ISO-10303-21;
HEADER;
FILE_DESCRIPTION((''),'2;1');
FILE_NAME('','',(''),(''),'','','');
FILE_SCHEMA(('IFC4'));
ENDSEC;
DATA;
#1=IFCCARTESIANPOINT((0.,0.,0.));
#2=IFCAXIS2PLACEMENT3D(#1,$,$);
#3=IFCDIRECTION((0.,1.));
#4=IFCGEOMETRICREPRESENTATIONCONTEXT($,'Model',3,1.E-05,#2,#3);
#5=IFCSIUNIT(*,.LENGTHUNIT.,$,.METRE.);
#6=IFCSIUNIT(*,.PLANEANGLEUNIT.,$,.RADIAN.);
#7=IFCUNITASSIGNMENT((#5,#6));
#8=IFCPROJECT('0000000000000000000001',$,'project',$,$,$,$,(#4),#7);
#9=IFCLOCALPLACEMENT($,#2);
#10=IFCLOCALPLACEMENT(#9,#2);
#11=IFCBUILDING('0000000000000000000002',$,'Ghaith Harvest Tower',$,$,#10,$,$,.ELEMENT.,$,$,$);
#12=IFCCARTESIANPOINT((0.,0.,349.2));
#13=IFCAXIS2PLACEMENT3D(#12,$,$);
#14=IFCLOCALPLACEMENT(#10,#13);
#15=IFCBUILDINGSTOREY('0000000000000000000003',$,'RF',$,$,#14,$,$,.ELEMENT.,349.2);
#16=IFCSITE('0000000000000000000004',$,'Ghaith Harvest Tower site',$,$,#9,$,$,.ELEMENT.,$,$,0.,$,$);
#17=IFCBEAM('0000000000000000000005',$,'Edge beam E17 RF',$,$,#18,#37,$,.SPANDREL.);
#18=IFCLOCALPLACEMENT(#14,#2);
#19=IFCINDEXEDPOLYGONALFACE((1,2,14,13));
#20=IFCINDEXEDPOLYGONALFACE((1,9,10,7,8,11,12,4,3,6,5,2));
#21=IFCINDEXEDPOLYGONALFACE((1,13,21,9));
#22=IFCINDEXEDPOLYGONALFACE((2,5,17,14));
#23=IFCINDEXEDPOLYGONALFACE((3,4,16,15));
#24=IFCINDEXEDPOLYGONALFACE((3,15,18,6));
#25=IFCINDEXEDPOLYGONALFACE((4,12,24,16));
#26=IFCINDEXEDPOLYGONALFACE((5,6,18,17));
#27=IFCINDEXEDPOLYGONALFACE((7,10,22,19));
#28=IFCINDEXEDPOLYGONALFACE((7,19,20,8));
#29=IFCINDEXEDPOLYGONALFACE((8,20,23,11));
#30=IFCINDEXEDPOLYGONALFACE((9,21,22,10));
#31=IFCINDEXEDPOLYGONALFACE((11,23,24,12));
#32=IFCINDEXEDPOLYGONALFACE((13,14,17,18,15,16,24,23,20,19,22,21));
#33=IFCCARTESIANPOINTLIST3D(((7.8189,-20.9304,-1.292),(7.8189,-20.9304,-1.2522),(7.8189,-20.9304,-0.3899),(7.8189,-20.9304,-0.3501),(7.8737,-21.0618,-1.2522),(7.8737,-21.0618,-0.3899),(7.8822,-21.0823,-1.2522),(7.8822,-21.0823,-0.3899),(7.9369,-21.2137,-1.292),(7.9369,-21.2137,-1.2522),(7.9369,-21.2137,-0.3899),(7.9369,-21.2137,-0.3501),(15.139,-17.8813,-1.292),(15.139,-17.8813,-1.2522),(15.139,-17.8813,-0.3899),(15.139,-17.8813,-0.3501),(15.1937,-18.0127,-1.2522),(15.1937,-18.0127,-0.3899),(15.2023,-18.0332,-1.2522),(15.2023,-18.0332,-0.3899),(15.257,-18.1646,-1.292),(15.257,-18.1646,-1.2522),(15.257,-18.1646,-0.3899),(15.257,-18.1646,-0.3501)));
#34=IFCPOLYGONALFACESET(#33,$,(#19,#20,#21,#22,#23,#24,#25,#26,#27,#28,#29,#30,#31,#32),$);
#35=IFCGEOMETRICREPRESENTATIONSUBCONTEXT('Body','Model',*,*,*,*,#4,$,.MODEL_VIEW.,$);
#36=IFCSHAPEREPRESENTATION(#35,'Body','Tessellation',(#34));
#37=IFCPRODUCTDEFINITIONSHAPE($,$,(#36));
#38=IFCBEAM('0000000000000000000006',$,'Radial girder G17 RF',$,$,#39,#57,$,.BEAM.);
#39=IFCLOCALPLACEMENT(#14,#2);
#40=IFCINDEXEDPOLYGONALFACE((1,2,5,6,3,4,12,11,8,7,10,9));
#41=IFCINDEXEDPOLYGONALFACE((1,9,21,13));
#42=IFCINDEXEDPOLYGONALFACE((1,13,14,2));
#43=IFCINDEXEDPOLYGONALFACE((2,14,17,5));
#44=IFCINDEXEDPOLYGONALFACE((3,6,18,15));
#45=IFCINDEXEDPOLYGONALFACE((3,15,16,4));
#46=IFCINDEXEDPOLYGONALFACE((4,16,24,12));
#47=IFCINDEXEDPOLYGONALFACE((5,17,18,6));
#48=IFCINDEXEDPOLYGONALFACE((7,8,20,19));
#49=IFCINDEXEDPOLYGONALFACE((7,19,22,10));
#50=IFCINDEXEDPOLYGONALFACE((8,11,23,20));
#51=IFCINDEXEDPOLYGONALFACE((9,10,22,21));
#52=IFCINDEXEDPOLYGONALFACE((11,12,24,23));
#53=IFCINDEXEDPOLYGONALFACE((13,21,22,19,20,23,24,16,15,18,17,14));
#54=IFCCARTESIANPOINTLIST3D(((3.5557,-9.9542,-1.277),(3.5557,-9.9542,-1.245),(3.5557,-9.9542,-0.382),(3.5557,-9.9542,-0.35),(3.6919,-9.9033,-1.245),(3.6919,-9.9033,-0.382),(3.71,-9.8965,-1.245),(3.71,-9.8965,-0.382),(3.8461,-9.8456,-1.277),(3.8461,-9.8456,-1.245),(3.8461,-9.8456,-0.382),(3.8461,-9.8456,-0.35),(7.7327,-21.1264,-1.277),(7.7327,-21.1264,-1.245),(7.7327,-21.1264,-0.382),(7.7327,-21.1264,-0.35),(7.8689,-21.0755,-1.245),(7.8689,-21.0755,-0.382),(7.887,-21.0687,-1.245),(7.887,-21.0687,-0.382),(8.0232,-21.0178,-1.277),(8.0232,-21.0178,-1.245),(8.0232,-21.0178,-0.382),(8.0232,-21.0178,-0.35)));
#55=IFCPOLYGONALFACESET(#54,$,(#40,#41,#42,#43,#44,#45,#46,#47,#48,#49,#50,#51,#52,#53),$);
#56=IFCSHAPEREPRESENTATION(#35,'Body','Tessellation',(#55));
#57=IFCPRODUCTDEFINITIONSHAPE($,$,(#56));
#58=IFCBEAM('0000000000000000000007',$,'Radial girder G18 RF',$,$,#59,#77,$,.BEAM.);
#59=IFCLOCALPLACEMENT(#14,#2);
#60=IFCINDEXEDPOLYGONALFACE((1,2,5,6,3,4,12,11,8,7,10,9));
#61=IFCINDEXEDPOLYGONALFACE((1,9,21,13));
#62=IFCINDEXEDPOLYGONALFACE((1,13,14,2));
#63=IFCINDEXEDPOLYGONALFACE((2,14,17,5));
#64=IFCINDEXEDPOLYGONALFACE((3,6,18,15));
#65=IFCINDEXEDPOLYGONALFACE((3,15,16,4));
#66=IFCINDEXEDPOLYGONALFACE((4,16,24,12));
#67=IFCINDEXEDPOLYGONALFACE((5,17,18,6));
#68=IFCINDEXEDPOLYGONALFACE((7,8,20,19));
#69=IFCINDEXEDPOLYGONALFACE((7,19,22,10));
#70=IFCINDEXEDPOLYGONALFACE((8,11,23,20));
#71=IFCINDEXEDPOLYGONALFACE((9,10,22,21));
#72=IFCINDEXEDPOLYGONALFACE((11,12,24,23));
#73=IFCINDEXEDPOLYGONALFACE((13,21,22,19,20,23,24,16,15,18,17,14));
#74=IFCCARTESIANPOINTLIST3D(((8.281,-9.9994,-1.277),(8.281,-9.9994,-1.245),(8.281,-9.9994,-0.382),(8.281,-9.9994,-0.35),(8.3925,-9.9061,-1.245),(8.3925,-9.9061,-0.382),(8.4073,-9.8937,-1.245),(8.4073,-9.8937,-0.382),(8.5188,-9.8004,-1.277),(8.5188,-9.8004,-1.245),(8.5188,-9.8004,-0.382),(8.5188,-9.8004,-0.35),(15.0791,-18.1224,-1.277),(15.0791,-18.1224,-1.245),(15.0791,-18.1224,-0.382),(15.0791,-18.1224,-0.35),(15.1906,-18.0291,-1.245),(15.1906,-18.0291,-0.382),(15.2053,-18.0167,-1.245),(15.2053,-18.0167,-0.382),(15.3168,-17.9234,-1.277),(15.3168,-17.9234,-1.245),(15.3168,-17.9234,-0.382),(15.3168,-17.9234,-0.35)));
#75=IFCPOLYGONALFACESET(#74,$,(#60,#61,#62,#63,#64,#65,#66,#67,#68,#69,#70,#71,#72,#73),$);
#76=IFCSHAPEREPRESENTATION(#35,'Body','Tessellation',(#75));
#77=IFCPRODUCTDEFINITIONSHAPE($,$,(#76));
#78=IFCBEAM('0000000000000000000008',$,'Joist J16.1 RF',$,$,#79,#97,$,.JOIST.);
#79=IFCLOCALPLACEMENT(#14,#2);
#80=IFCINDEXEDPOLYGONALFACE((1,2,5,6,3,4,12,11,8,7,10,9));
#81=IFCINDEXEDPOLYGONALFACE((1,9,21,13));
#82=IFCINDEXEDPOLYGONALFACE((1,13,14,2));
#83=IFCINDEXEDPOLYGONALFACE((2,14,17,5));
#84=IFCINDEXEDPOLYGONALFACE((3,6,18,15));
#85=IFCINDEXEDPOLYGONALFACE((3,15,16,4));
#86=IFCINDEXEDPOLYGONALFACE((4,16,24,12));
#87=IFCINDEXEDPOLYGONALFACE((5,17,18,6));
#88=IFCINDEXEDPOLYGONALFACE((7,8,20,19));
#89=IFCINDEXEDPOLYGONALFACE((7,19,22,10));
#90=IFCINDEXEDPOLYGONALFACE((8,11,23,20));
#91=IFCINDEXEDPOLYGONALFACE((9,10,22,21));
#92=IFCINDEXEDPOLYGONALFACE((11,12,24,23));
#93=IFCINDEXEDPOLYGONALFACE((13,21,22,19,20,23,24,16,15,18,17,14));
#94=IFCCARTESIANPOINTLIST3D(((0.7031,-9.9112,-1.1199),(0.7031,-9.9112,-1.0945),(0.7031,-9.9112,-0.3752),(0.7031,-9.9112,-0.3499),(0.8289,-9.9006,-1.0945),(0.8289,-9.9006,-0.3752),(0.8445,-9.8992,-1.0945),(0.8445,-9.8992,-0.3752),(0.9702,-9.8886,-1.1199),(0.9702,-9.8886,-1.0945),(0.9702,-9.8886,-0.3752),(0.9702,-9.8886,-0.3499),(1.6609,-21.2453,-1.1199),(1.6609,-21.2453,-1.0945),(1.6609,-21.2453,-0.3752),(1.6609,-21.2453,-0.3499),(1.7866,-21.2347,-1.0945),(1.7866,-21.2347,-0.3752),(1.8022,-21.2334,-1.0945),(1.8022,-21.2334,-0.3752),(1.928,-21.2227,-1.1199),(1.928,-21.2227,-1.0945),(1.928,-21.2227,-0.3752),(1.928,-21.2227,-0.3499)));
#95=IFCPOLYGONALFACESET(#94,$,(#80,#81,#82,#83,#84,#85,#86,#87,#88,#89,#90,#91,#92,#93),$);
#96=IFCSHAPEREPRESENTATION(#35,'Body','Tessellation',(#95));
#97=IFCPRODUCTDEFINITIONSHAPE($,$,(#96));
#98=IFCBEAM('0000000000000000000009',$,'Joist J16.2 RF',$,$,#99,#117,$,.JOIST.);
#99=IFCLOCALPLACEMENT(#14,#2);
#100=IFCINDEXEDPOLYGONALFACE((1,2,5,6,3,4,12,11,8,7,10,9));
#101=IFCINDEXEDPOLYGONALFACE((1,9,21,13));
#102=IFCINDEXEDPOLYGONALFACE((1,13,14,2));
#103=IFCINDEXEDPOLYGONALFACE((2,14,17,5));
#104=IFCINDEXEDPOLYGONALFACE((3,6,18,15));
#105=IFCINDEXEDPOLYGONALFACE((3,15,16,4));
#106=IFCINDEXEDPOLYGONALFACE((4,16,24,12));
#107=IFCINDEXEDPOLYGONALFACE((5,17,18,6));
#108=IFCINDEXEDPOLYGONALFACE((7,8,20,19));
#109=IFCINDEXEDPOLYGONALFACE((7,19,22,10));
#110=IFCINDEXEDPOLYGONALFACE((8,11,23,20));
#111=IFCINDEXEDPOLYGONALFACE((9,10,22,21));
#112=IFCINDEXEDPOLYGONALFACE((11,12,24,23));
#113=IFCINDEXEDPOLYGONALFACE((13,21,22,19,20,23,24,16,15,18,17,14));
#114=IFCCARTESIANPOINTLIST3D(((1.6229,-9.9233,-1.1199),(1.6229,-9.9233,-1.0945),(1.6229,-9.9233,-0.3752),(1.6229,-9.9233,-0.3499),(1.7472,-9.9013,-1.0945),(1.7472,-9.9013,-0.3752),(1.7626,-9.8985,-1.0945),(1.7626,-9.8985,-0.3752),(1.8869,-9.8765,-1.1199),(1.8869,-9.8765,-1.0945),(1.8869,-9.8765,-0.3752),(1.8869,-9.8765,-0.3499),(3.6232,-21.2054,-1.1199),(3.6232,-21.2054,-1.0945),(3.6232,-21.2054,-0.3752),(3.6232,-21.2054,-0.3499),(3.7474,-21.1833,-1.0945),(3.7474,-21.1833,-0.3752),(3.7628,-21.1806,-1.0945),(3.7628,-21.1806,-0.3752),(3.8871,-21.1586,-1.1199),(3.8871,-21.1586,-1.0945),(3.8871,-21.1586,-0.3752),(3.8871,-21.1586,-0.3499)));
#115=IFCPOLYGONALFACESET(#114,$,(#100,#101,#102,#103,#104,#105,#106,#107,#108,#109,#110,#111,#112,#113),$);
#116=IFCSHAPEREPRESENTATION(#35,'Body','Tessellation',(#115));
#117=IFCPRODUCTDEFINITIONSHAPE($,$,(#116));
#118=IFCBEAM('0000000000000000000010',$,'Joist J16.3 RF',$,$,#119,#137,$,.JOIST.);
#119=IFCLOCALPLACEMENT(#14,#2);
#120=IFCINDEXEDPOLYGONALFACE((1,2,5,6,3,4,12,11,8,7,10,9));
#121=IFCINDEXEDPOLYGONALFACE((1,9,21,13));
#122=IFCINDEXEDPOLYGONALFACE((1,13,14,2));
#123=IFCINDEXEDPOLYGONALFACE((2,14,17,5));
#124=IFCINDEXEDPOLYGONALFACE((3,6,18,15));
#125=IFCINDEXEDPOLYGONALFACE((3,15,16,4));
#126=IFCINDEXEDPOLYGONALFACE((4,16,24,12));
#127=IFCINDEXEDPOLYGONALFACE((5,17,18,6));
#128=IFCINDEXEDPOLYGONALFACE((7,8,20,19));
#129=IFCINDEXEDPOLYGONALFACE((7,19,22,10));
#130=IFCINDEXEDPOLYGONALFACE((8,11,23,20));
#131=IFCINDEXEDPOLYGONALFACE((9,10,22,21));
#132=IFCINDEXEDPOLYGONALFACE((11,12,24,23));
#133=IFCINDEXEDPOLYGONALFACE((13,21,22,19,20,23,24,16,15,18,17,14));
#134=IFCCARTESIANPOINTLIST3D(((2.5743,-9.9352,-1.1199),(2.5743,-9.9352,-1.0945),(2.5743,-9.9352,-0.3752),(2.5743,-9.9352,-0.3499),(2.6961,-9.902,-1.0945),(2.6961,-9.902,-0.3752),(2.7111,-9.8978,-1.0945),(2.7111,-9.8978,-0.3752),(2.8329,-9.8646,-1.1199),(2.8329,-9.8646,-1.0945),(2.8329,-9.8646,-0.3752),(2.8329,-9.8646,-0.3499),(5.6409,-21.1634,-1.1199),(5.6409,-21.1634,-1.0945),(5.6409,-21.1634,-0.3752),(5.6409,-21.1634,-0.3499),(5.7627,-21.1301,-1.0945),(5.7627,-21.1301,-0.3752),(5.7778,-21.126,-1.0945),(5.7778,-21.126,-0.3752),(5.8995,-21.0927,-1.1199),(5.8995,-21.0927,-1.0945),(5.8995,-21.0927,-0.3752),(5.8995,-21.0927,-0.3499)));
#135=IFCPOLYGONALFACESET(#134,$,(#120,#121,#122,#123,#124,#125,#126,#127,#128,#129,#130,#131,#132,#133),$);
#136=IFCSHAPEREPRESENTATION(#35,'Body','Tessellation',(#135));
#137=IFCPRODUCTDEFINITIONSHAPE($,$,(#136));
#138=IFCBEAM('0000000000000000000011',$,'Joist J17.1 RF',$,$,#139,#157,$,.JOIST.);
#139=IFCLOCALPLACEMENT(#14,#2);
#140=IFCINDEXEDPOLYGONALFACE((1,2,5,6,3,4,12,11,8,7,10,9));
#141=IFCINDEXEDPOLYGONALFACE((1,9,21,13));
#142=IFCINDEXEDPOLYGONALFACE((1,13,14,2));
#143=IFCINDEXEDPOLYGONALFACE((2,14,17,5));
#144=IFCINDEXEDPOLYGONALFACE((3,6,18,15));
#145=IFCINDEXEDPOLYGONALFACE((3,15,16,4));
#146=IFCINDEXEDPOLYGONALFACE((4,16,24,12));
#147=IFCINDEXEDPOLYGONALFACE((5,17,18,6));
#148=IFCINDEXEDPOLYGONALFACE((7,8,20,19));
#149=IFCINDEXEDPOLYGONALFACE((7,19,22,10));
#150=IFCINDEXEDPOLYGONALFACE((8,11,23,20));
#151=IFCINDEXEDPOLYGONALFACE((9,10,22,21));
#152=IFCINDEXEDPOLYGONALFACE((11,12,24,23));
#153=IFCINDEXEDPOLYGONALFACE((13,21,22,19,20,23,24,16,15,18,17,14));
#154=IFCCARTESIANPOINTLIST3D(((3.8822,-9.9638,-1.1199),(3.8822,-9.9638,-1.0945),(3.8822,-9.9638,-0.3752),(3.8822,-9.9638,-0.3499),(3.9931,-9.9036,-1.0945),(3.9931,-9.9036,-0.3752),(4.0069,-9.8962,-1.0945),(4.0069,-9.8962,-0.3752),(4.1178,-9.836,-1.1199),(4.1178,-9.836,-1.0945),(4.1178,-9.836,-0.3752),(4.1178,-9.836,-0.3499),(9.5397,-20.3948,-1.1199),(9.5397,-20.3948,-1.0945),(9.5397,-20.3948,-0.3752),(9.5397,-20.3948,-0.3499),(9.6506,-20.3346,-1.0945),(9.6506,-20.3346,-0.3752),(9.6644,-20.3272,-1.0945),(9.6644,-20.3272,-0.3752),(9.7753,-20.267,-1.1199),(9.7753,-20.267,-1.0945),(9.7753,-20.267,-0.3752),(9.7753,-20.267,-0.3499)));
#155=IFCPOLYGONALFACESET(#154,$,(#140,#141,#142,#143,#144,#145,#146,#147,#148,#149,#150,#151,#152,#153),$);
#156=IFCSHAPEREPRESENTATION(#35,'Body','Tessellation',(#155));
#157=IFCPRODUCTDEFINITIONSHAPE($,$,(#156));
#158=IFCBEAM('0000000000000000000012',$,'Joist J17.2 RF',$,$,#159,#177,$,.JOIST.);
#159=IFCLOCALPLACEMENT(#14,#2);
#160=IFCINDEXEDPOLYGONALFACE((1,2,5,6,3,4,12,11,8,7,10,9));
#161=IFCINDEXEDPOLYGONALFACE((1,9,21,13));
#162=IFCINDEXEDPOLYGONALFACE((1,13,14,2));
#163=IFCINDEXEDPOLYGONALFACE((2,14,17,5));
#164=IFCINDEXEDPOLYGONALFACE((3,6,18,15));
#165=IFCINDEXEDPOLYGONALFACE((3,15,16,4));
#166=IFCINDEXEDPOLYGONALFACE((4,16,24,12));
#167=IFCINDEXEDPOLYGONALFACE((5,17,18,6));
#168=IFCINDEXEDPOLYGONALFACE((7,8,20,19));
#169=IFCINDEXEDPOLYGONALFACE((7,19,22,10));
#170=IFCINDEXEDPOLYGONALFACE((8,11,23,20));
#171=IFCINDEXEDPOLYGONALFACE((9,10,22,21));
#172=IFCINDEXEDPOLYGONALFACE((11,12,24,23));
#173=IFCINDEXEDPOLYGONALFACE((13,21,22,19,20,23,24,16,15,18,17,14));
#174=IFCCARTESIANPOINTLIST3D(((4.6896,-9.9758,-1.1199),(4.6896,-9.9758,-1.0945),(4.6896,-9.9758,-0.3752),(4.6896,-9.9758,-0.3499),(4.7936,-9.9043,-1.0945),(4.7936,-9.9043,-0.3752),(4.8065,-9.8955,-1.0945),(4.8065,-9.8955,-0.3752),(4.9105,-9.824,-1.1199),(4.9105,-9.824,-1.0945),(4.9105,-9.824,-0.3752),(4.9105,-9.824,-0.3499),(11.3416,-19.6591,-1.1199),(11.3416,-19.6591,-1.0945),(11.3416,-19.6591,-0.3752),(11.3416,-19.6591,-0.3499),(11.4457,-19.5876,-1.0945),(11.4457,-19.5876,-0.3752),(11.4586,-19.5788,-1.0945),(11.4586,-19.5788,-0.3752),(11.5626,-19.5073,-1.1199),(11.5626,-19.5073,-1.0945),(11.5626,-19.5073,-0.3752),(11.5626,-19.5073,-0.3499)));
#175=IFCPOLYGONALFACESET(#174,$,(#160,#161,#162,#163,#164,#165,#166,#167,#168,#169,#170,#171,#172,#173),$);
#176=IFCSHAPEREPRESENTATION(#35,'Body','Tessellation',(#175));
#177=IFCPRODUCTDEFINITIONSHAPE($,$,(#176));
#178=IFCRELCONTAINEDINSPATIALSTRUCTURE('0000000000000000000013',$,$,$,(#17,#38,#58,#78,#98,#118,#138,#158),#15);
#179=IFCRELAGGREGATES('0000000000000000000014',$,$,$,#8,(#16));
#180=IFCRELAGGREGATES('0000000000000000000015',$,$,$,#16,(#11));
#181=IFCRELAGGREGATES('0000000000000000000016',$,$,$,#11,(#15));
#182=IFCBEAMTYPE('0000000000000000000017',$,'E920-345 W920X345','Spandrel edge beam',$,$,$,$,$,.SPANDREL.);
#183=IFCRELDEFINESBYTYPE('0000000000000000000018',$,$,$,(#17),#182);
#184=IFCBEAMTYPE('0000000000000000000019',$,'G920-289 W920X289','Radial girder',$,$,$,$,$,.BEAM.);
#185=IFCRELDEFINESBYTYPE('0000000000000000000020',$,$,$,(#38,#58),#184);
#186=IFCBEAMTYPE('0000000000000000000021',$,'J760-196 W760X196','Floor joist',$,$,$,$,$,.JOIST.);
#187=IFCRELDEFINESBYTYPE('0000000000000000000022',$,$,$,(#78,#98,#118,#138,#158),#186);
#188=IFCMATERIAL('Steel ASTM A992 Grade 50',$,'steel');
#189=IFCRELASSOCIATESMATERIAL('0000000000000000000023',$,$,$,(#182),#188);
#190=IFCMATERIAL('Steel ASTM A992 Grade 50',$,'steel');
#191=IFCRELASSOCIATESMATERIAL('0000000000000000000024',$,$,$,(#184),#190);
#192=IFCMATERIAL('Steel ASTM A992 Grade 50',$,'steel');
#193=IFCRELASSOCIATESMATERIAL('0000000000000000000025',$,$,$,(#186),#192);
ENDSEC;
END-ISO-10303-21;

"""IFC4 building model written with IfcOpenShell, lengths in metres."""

from ifc_helpers import new_model, si_unit, direction, frame, origin, origin_2d, place, context, subcontext, project, spatial, i_section, extrude, material, material_profile, profile_set, type_object, element, save


model = new_model("IFC4")

# Units and contexts
model_context = context("Model", 3, precision=1e-05, world=origin(), true_north=direction((0.0, 1.0)))
body_context = subcontext(model_context, "Body", "Model", "MODEL_VIEW")
ifc_project = project(units=[si_unit("LENGTHUNIT", "METRE"), si_unit("PLANEANGLEUNIT", "RADIAN")], contexts=[model_context])

# Site, building, storey
site_placement = place(None, origin())
site = spatial("IfcSite", under=ifc_project, at=site_placement, Name="Ghaith Harvest Tower site", CompositionType="ELEMENT", RefElevation=0.0)
building_placement = place(site_placement, origin())
building = spatial("IfcBuilding", under=site, at=building_placement, Name="Ghaith Harvest Tower", CompositionType="ELEMENT")
storey_placement = place(building_placement, frame((0.0, 0.0, 349.2)))
storey = spatial("IfcBuildingStorey", under=building, at=storey_placement, Name="RF", CompositionType="ELEMENT", Elevation=349.2)

# Beams
ifc_material_1 = material(Name="Steel ASTM A992 Grade 50", Category="steel")
ifc_material_profile_1 = material_profile(ifc_material_1, i_section(OverallWidth=0.3069, OverallDepth=0.9419, WebThickness=0.0222, FlangeThickness=0.0398, at=origin_2d()), Name="W920X345")
ifc_profile_set_1 = profile_set([ifc_material_profile_1], Name="Steel ASTM A992 Grade 50")
beam_type_1 = type_object("IfcBeamType", Name="E920-345 W920X345", Description="Spandrel edge beam", PredefinedType="SPANDREL", material=ifc_profile_set_1)
beam_1_placement = place(storey_placement, frame((7.8779, -21.072, -0.821), z_axis=(0.92312, 0.384513, 0.0), x_axis=(-0.384513, 0.92312, 0.0)))
element("IfcBeam", 1, at=beam_1_placement, inside=storey, type_object=beam_type_1, Name="Edge beam E17 RF", PredefinedType="SPANDREL", context=body_context, shape_type="SweptSolid", body=[
    extrude(i_section(OverallWidth=0.3069, OverallDepth=0.9419, WebThickness=0.0222, FlangeThickness=0.0398, at=origin_2d()), origin(), (0.0, 0.0, 1.0), 7.9297),
])
ifc_material_2 = material(Name="Steel ASTM A992 Grade 50", Category="steel")
ifc_material_profile_2 = material_profile(ifc_material_2, i_section(OverallWidth=0.3101, OverallDepth=0.927, WebThickness=0.0193, FlangeThickness=0.032, at=origin_2d()), Name="W920X289")
ifc_profile_set_2 = profile_set([ifc_material_profile_2], Name="Steel ASTM A992 Grade 50")
beam_type_2 = type_object("IfcBeamType", Name="G920-289 W920X289", Description="Radial girder", PredefinedType="BEAM", material=ifc_profile_set_2)
beam_2_placement = place(storey_placement, frame((3.7009, -9.8999, -0.8135), z_axis=(0.350201, -0.936674, 0.0), x_axis=(0.936674, 0.350201, 0.0)))
element("IfcBeam", 2, at=beam_2_placement, inside=storey, type_object=beam_type_2, Name="Radial girder G17 RF", PredefinedType="BEAM", context=body_context, shape_type="SweptSolid", body=[
    extrude(i_section(OverallWidth=0.3101, OverallDepth=0.927, WebThickness=0.0193, FlangeThickness=0.032, at=origin_2d()), origin(), (0.0, 0.0, 1.0), 11.9275),
])
beam_3_placement = place(storey_placement, frame((8.3999, -9.8999, -0.8135), z_axis=(0.641793, -0.766878, 0.0), x_axis=(0.766878, 0.641793, 0.0)))
element("IfcBeam", 3, at=beam_3_placement, inside=storey, type_object=beam_type_2, Name="Radial girder G18 RF", PredefinedType="BEAM", context=body_context, shape_type="SweptSolid", body=[
    extrude(i_section(OverallWidth=0.3101, OverallDepth=0.927, WebThickness=0.0193, FlangeThickness=0.032, at=origin_2d()), origin(), (0.0, 0.0, 1.0), 10.5923),
])
ifc_material_3 = material(Name="Steel ASTM A992 Grade 50", Category="steel")
ifc_material_profile_3 = material_profile(ifc_material_3, i_section(OverallWidth=0.2681, OverallDepth=0.77, WebThickness=0.0156, FlangeThickness=0.0254, at=origin_2d()), Name="W760X196")
ifc_profile_set_3 = profile_set([ifc_material_profile_3], Name="Steel ASTM A992 Grade 50")
beam_type_3 = type_object("IfcBeamType", Name="J760-196 W760X196", Description="Floor joist", PredefinedType="JOIST", material=ifc_profile_set_3)
beam_4_placement = place(storey_placement, frame((0.8367, -9.8999, -0.7349), z_axis=(0.084202, -0.996449, 0.0), x_axis=(0.996449, 0.084202, 0.0)))
element("IfcBeam", 4, at=beam_4_placement, inside=storey, type_object=beam_type_3, Name="Joist J16.1 RF", PredefinedType="JOIST", context=body_context, shape_type="SweptSolid", body=[
    extrude(i_section(OverallWidth=0.2681, OverallDepth=0.77, WebThickness=0.0156, FlangeThickness=0.0254, at=origin_2d()), origin(), (0.0, 0.0, 1.0), 11.3745),
])
beam_5_placement = place(storey_placement, frame((1.7549, -9.8999, -0.7349), z_axis=(0.174573, -0.984644, 0.0), x_axis=(0.984644, 0.174573, 0.0)))
element("IfcBeam", 5, at=beam_5_placement, inside=storey, type_object=beam_type_3, Name="Joist J16.2 RF", PredefinedType="JOIST", context=body_context, shape_type="SweptSolid", body=[
    extrude(i_section(OverallWidth=0.2681, OverallDepth=0.77, WebThickness=0.0156, FlangeThickness=0.0254, at=origin_2d()), origin(), (0.0, 0.0, 1.0), 11.458),
])
beam_6_placement = place(storey_placement, frame((2.7036, -9.8999, -0.7349), z_axis=(0.263469, -0.964668, 0.0), x_axis=(0.964668, 0.263469, 0.0)))
element("IfcBeam", 6, at=beam_6_placement, inside=storey, type_object=beam_type_3, Name="Joist J16.3 RF", PredefinedType="JOIST", context=body_context, shape_type="SweptSolid", body=[
    extrude(i_section(OverallWidth=0.2681, OverallDepth=0.77, WebThickness=0.0156, FlangeThickness=0.0254, at=origin_2d()), origin(), (0.0, 0.0, 1.0), 11.6394),
])
beam_7_placement = place(storey_placement, frame((4.0, -9.8999, -0.7349), z_axis=(0.476765, -0.879031, 0.0), x_axis=(0.879031, 0.476765, 0.0)))
element("IfcBeam", 7, at=beam_7_placement, inside=storey, type_object=beam_type_3, Name="Joist J17.1 RF", PredefinedType="JOIST", context=body_context, shape_type="SweptSolid", body=[
    extrude(i_section(OverallWidth=0.2681, OverallDepth=0.77, WebThickness=0.0156, FlangeThickness=0.0254, at=origin_2d()), origin(), (0.0, 0.0, 1.0), 11.8665),
])
beam_8_placement = place(storey_placement, frame((4.8, -9.8999, -0.7349), z_axis=(0.566228, -0.824249, 0.0), x_axis=(0.824249, 0.566228, 0.0)))
element("IfcBeam", 8, at=beam_8_placement, inside=storey, type_object=beam_type_3, Name="Joist J17.2 RF", PredefinedType="JOIST", context=body_context, shape_type="SweptSolid", body=[
    extrude(i_section(OverallWidth=0.2681, OverallDepth=0.77, WebThickness=0.0156, FlangeThickness=0.0254, at=origin_2d()), origin(), (0.0, 0.0, 1.0), 11.748),
])

save(model, "model.ifc")
